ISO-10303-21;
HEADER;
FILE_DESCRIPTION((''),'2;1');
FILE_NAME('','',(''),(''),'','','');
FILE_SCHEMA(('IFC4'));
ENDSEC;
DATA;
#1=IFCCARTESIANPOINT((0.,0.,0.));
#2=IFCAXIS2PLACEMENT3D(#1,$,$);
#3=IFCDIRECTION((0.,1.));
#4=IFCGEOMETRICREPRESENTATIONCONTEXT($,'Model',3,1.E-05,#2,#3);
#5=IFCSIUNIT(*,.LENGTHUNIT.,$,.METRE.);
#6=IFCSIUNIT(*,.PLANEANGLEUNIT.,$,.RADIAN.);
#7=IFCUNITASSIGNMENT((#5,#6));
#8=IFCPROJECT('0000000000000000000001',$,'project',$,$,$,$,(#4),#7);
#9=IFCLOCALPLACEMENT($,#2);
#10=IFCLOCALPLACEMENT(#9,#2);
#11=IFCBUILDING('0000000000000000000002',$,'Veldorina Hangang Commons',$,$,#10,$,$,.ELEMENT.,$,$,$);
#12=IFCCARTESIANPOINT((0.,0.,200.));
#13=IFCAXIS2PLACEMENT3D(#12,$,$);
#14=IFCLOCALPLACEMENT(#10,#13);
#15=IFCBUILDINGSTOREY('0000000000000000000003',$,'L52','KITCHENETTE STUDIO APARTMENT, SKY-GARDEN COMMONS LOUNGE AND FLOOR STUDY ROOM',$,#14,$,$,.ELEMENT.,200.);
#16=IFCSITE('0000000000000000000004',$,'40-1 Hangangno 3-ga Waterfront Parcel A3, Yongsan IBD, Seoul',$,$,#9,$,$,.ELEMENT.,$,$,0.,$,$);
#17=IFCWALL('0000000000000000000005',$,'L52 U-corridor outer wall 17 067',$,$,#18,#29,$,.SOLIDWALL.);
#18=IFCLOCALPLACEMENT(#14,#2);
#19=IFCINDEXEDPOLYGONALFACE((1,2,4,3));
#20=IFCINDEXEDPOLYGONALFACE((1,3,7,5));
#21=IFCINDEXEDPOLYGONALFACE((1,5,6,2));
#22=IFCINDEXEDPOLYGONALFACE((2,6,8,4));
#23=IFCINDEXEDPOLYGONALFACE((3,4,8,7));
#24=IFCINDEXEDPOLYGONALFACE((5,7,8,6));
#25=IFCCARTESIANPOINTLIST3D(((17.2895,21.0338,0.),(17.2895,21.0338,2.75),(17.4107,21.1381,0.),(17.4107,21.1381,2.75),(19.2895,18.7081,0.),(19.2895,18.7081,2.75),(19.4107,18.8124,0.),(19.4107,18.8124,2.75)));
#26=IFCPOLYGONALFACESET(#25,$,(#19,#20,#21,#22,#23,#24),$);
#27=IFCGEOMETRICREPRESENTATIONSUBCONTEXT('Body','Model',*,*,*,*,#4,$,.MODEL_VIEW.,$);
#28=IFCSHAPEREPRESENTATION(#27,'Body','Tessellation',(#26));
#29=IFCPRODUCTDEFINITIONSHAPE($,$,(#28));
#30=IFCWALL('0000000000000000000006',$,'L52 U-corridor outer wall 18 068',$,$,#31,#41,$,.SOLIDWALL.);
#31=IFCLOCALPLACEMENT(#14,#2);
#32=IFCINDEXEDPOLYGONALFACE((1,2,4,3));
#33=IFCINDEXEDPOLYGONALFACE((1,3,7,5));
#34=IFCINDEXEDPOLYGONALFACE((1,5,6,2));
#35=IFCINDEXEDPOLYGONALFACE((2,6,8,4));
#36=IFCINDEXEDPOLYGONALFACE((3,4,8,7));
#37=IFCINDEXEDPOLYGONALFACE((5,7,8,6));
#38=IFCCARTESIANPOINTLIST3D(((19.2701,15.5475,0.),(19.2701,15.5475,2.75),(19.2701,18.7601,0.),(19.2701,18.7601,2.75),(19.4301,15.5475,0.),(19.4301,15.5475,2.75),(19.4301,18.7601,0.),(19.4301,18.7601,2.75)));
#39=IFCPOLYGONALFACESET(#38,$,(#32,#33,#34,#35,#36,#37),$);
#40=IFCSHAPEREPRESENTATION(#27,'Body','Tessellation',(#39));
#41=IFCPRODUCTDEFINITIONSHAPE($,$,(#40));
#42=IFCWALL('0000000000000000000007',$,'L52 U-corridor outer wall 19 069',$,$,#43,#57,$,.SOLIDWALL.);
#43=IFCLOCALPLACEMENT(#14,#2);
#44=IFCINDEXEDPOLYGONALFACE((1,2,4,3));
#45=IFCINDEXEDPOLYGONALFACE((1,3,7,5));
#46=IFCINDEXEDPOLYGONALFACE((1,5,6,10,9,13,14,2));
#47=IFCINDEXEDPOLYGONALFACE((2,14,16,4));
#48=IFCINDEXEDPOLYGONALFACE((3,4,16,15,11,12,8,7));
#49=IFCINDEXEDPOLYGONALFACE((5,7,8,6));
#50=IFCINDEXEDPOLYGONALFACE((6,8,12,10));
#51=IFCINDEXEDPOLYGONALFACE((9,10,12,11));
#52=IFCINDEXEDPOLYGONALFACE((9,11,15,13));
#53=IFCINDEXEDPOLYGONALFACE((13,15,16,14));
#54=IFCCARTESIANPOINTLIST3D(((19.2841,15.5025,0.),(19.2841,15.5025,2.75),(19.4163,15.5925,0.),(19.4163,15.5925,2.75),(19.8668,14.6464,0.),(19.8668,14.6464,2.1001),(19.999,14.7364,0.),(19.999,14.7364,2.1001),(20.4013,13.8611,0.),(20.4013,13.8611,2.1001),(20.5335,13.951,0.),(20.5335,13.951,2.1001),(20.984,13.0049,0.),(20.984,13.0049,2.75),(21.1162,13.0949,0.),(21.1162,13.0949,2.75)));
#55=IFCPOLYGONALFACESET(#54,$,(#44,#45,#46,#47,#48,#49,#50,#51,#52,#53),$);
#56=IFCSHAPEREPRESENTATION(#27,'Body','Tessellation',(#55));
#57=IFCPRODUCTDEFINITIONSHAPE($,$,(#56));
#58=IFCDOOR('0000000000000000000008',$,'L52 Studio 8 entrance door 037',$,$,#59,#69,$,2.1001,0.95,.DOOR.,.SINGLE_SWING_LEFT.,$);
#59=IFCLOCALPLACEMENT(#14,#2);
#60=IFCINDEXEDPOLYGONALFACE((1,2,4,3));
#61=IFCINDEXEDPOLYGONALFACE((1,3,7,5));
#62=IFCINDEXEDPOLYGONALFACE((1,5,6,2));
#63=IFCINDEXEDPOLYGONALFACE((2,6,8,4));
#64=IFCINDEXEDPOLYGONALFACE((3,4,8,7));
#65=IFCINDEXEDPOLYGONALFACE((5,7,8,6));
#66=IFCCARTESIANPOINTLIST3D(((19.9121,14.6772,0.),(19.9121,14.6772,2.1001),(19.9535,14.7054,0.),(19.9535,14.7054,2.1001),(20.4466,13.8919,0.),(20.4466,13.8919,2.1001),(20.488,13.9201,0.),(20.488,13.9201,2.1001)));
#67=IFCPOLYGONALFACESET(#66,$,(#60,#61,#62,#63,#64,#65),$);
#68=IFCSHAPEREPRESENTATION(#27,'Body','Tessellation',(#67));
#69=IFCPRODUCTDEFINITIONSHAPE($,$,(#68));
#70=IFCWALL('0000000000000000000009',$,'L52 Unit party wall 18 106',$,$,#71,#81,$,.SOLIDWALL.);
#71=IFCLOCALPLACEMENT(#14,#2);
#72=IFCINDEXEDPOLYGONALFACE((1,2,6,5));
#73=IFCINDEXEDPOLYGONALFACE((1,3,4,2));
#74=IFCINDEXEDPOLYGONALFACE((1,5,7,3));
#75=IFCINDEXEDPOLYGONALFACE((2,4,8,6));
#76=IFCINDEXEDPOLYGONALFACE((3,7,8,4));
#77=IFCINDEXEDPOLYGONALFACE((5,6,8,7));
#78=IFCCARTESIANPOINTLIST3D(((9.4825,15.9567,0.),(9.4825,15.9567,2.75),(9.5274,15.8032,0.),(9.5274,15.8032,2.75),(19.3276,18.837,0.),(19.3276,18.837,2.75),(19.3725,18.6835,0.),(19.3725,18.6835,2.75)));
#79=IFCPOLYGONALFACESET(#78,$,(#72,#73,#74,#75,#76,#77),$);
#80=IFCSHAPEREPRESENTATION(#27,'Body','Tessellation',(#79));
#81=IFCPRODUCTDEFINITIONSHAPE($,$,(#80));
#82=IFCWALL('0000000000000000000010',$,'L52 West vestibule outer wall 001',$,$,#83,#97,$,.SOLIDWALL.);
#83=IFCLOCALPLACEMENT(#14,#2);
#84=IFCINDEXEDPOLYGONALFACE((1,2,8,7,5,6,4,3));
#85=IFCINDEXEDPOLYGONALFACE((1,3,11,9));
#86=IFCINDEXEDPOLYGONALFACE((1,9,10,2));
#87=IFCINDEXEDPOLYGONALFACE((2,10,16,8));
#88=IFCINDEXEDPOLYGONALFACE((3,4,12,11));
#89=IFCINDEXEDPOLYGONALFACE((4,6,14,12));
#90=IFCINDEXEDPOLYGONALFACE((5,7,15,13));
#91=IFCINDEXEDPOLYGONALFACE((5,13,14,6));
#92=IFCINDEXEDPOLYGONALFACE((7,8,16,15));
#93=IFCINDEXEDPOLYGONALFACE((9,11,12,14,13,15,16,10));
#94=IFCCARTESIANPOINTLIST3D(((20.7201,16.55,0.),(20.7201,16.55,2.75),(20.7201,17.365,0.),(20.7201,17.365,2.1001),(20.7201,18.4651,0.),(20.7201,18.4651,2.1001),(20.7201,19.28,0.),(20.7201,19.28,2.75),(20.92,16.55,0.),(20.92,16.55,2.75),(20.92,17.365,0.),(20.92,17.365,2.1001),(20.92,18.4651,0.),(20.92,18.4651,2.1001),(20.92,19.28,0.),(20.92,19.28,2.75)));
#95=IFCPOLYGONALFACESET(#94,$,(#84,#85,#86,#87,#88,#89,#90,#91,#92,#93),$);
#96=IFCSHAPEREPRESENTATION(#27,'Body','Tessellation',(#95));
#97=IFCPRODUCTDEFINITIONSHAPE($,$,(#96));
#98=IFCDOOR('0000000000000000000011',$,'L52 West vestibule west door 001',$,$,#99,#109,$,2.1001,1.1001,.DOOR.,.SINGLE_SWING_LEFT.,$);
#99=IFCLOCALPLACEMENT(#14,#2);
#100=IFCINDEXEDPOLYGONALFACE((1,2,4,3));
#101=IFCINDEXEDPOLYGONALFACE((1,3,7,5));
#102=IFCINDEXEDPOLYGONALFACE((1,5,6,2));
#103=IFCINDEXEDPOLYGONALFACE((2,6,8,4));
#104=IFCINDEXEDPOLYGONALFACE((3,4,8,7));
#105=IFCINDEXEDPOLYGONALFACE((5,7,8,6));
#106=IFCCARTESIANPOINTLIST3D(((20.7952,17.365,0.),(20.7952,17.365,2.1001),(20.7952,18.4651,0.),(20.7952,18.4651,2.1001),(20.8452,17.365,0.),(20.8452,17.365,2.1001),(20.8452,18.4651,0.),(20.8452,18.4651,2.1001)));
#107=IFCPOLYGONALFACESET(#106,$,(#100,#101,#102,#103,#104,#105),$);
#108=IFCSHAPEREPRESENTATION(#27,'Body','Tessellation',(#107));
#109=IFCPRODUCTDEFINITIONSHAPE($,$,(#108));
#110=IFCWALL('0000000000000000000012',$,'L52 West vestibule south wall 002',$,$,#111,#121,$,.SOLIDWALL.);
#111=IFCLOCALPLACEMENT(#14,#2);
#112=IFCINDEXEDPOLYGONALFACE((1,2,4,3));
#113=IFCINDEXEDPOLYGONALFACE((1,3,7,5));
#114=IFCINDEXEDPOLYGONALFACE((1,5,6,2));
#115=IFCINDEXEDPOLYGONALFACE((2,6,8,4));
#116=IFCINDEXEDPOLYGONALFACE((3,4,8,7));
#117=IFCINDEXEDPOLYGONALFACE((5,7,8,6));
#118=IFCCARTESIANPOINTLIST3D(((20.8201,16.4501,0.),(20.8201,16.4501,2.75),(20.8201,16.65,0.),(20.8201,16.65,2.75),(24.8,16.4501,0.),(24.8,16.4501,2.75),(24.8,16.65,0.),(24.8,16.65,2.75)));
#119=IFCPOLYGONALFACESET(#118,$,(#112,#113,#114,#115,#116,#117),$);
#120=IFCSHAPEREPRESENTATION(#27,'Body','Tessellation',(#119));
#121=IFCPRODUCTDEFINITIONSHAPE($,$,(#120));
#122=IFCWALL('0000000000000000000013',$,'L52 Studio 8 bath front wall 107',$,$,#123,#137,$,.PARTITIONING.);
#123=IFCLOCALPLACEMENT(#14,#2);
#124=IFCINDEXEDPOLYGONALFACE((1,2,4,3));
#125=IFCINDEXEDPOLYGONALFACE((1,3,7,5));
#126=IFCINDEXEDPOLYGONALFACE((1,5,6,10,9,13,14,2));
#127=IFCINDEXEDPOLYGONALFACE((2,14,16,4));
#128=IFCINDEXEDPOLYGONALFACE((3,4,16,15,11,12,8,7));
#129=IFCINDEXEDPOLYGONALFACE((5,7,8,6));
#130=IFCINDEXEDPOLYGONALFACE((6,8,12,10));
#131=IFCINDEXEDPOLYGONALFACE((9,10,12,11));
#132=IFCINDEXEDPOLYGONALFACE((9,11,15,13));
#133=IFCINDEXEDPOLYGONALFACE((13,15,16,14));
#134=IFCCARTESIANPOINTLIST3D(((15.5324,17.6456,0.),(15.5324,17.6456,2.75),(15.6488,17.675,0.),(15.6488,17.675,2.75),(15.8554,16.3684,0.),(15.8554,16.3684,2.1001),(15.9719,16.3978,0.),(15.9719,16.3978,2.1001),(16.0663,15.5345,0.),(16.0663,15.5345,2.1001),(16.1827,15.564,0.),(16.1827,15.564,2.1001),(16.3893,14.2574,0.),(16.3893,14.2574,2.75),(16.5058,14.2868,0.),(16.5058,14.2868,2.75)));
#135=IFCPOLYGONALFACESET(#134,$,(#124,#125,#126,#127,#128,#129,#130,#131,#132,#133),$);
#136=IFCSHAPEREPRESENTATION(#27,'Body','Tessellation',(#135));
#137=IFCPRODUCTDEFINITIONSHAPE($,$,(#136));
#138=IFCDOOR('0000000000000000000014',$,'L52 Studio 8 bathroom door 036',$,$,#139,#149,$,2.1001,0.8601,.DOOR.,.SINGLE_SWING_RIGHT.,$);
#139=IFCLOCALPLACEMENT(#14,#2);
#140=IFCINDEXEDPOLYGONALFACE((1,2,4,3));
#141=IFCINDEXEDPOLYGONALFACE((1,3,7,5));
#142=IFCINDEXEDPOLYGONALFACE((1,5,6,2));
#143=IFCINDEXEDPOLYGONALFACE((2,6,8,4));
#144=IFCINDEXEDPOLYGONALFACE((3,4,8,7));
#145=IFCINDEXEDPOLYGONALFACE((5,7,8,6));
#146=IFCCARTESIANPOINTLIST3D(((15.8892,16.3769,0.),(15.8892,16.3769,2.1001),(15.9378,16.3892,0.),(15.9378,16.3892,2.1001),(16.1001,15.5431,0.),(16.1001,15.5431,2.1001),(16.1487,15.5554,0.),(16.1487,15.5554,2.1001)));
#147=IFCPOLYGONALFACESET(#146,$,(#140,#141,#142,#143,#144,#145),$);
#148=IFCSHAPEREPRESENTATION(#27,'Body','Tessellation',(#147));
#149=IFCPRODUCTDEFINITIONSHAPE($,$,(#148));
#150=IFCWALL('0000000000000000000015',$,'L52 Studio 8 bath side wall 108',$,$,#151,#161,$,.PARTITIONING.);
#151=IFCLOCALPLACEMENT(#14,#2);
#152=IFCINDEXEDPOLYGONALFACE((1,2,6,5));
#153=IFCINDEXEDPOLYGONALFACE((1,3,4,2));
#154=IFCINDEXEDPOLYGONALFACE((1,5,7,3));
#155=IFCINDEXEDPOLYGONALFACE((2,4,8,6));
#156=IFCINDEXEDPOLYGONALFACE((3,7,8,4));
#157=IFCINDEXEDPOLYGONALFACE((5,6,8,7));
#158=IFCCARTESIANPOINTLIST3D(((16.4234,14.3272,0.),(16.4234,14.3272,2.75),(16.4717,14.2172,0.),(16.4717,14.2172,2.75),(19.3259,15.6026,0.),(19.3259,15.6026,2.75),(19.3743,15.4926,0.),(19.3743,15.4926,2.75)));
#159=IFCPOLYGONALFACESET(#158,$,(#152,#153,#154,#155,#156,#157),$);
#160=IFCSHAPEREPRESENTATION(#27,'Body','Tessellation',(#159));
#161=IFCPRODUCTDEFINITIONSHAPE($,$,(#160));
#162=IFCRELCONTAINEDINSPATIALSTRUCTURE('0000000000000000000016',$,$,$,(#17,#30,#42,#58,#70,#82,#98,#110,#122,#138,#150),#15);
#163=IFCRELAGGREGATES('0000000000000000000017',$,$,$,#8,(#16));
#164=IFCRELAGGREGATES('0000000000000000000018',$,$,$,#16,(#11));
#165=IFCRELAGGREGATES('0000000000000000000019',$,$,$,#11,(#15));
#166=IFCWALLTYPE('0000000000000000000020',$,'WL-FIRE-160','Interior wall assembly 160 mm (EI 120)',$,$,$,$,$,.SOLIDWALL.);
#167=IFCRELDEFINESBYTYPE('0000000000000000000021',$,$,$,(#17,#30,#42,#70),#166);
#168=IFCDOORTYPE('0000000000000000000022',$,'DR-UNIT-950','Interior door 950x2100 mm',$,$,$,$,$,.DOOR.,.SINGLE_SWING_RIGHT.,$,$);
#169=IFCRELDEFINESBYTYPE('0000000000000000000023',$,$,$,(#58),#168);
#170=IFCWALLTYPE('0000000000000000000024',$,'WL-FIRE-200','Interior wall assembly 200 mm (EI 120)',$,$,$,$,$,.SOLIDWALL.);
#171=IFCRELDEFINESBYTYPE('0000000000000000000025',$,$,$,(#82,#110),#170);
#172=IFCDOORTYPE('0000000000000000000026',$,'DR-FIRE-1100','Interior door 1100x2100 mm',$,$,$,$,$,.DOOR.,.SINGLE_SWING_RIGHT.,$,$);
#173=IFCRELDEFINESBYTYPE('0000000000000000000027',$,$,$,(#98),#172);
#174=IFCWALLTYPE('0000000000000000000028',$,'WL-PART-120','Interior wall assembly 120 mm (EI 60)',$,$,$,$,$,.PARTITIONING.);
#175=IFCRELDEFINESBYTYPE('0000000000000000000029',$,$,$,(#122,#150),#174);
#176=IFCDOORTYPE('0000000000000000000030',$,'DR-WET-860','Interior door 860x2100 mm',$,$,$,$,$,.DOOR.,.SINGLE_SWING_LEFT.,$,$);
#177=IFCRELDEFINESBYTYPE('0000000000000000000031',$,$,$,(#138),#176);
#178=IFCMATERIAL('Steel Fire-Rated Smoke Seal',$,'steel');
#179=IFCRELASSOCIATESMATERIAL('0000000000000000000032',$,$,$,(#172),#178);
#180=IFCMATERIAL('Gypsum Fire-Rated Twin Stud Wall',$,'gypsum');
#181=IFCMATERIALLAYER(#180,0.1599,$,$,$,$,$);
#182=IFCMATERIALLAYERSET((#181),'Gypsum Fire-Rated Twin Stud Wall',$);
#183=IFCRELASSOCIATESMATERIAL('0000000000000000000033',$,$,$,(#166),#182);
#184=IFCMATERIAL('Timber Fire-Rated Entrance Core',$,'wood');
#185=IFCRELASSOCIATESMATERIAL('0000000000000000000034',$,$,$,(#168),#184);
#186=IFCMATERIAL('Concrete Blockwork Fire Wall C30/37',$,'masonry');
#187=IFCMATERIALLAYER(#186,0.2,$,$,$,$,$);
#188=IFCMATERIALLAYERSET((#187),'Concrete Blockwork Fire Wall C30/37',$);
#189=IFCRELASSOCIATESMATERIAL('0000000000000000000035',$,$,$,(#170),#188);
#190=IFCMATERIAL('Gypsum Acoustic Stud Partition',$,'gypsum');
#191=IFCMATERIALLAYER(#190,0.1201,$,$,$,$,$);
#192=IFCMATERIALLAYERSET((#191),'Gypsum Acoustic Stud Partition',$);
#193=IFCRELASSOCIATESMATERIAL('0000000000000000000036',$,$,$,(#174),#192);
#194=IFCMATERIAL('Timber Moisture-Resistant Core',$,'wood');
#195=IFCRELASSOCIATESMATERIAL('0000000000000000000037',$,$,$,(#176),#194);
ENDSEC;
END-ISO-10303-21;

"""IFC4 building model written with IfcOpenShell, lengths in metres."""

from ifc_helpers import new_model, si_unit, direction, frame, frame_2d, origin, place, context, subcontext, project, spatial, rectangle, extrude, material, layer, layer_set, type_object, element, fill, save


model = new_model("IFC4")

# Units and contexts
model_context = context("Model", 3, precision=1e-05, world=origin(), true_north=direction((0.0, 1.0)))
body_context = subcontext(model_context, "Body", "Model", "MODEL_VIEW")
ifc_project = project(units=[si_unit("LENGTHUNIT", "METRE"), si_unit("PLANEANGLEUNIT", "RADIAN")], contexts=[model_context])

# Site, building, storey
site_placement = place(None, origin())
site = spatial("IfcSite", under=ifc_project, at=site_placement, Name="40-1 Hangangno 3-ga Waterfront Parcel A3, Yongsan IBD, Seoul", CompositionType="ELEMENT", RefElevation=0.0)
building_placement = place(site_placement, origin())
building = spatial("IfcBuilding", under=site, at=building_placement, Name="Veldorina Hangang Commons", CompositionType="ELEMENT")
storey_placement = place(building_placement, frame((0.0, 0.0, 200.0)))
storey = spatial("IfcBuildingStorey", under=building, at=storey_placement, Name="L52", Description="KITCHENETTE STUDIO APARTMENT, SKY-GARDEN COMMONS LOUNGE AND FLOOR STUDY ROOM", CompositionType="ELEMENT", Elevation=200.0)

# Shared definitions
ifc_material_1 = material(Name="Steel Fire-Rated Smoke Seal", Category="steel")
door_type_1 = type_object("IfcDoorType", Name="DR-FIRE-1100", Description="Interior door 1100x2100 mm", OperationType="SINGLE_SWING_RIGHT", PredefinedType="DOOR", material=ifc_material_1)

# Walls
ifc_material_2 = material(Name="Gypsum Fire-Rated Twin Stud Wall", Category="gypsum")
ifc_layer_1 = layer(ifc_material_2, 0.1599)
ifc_layer_set_1 = layer_set([ifc_layer_1], Name="Gypsum Fire-Rated Twin Stud Wall")
wall_type_1 = type_object("IfcWallType", Name="WL-FIRE-160", Description="Interior wall assembly 160 mm (EI 120)", PredefinedType="SOLIDWALL", material=ifc_layer_set_1)
wall_1_placement = place(storey_placement, frame((17.3501, 21.0859, 0.0), z_axis=(0.0, 0.0, 1.0), x_axis=(0.652023, -0.758199, 0.0)))
element("IfcWall", 1, at=wall_1_placement, inside=storey, type_object=wall_type_1, Name="L52 U-corridor outer wall 17 067", PredefinedType="SOLIDWALL", context=body_context, shape_type="SweptSolid", body=[
    extrude(rectangle(XDim=3.0674, YDim=0.1599, at=frame_2d((1.5337, 0.0))), origin(), (0.0, 0.0, 1.0), 2.75),
])
wall_2_placement = place(storey_placement, frame((19.3501, 18.7603, 0.0), z_axis=(0.0, 0.0, 1.0), x_axis=(0.0, -1.0, 0.0)))
element("IfcWall", 2, at=wall_2_placement, inside=storey, type_object=wall_type_1, Name="L52 U-corridor outer wall 18 068", PredefinedType="SOLIDWALL", context=body_context, shape_type="SweptSolid", body=[
    extrude(rectangle(XDim=3.2126, YDim=0.1599, at=frame_2d((1.6064, 0.0))), origin(), (0.0, 0.0, 1.0), 2.75),
])

# Wall, opening, door
wall_3_placement = place(storey_placement, frame((19.3501, 15.5476, 0.0), z_axis=(0.0, 0.0, 1.0), x_axis=(0.562675, -0.826678, 0.0)))
wall_3 = element("IfcWall", 3, at=wall_3_placement, inside=storey, type_object=wall_type_1, Name="L52 U-corridor outer wall 19 069", PredefinedType="SOLIDWALL", context=body_context, shape_type="SweptSolid", body=[
    extrude(rectangle(XDim=3.0212, YDim=0.1599, at=frame_2d((1.5107, 0.0))), origin(), (0.0, 0.0, 1.0), 2.75),
])
opening_1_placement = place(wall_3_placement, frame((1.0356, 0.0, 0.0)))
opening_1 = element("IfcOpeningElement", 4, at=opening_1_placement, cuts=wall_3, PredefinedType="OPENING", context=body_context, shape_type="SweptSolid", body=[
    extrude(rectangle(XDim=0.95, YDim=2.1001, at=frame_2d((0.4751, 1.05))), frame((0.0, 0.0898, 0.0), z_axis=(0.0, -1.0, 0.0), x_axis=(1.0, 0.0, 0.0)), (0.0, 0.0, 1.0), 0.1799),
])
ifc_material_3 = material(Name="Timber Fire-Rated Entrance Core", Category="wood")
door_type_2 = type_object("IfcDoorType", Name="DR-UNIT-950", Description="Interior door 950x2100 mm", OperationType="SINGLE_SWING_RIGHT", PredefinedType="DOOR", material=ifc_material_3)
door_1_placement = place(opening_1_placement, origin())
door_1 = element("IfcDoor", 5, at=door_1_placement, inside=storey, type_object=door_type_2, Name="L52 Studio 8 entrance door 037", OperationType="SINGLE_SWING_LEFT", OverallHeight=2.1001, OverallWidth=0.95, PredefinedType="DOOR", context=body_context, shape_type="SweptSolid", body=[
    extrude(rectangle(XDim=0.95, YDim=2.1001, at=frame_2d((0.4751, 1.05))), frame((0.0, 0.0249, 0.0), z_axis=(0.0, -1.0, 0.0), x_axis=(1.0, 0.0, 0.0)), (0.0, 0.0, 1.0), 0.05),
])
fill(opening_1, door_1)

# Wall
wall_4_placement = place(storey_placement, frame((19.3501, 18.7603, 0.0), z_axis=(0.0, 0.0, 1.0), x_axis=(-0.959768, -0.280795, 0.0)))
element("IfcWall", 6, at=wall_4_placement, inside=storey, type_object=wall_type_1, Name="L52 Unit party wall 18 106", PredefinedType="SOLIDWALL", context=body_context, shape_type="SweptSolid", body=[
    extrude(rectangle(XDim=10.2578, YDim=0.1599, at=frame_2d((5.1289, 0.0))), origin(), (0.0, 0.0, 1.0), 2.75),
])

# Wall, opening, door
ifc_material_4 = material(Name="Concrete Blockwork Fire Wall C30/37", Category="masonry")
ifc_layer_2 = layer(ifc_material_4, 0.2)
ifc_layer_set_2 = layer_set([ifc_layer_2], Name="Concrete Blockwork Fire Wall C30/37")
wall_type_2 = type_object("IfcWallType", Name="WL-FIRE-200", Description="Interior wall assembly 200 mm (EI 120)", PredefinedType="SOLIDWALL", material=ifc_layer_set_2)
wall_5_placement = place(storey_placement, frame((20.8201, 16.55, 0.0), z_axis=(0.0, 0.0, 1.0), x_axis=(0.0, 1.0, 0.0)))
wall_5 = element("IfcWall", 7, at=wall_5_placement, inside=storey, type_object=wall_type_2, Name="L52 West vestibule outer wall 001", PredefinedType="SOLIDWALL", context=body_context, shape_type="SweptSolid", body=[
    extrude(rectangle(XDim=2.73, YDim=0.2, at=frame_2d((1.365, 0.0))), origin(), (0.0, 0.0, 1.0), 2.75),
])
opening_2_placement = place(wall_5_placement, frame((0.8149, 0.0, 0.0)))
opening_2 = element("IfcOpeningElement", 8, at=opening_2_placement, cuts=wall_5, PredefinedType="OPENING", context=body_context, shape_type="SweptSolid", body=[
    extrude(rectangle(XDim=1.1001, YDim=2.1001, at=frame_2d((0.55, 1.05))), frame((0.0, 0.1099, 0.0), z_axis=(0.0, -1.0, 0.0), x_axis=(1.0, 0.0, 0.0)), (0.0, 0.0, 1.0), 0.22),
])
door_2_placement = place(opening_2_placement, origin())
door_2 = element("IfcDoor", 9, at=door_2_placement, inside=storey, type_object=door_type_1, Name="L52 West vestibule west door 001", OperationType="SINGLE_SWING_LEFT", OverallHeight=2.1001, OverallWidth=1.1001, PredefinedType="DOOR", context=body_context, shape_type="SweptSolid", body=[
    extrude(rectangle(XDim=1.1001, YDim=2.1001, at=frame_2d((0.55, 1.05))), frame((0.0, 0.0249, 0.0), z_axis=(0.0, -1.0, 0.0), x_axis=(1.0, 0.0, 0.0)), (0.0, 0.0, 1.0), 0.05),
])
fill(opening_2, door_2)

# Wall
wall_6_placement = place(storey_placement, frame((20.8201, 16.55, 0.0), z_axis=(0.0, 0.0, 1.0), x_axis=(1.0, 0.0, 0.0)))
element("IfcWall", 10, at=wall_6_placement, inside=storey, type_object=wall_type_2, Name="L52 West vestibule south wall 002", PredefinedType="SOLIDWALL", context=body_context, shape_type="SweptSolid", body=[
    extrude(rectangle(XDim=3.98, YDim=0.2, at=frame_2d((1.99, 0.0))), origin(), (0.0, 0.0, 1.0), 2.75),
])

# Wall, opening, door
ifc_material_5 = material(Name="Gypsum Acoustic Stud Partition", Category="gypsum")
ifc_layer_3 = layer(ifc_material_5, 0.1201)
ifc_layer_set_3 = layer_set([ifc_layer_3], Name="Gypsum Acoustic Stud Partition")
wall_type_3 = type_object("IfcWallType", Name="WL-PART-120", Description="Interior wall assembly 120 mm (EI 60)", PredefinedType="PARTITIONING", material=ifc_layer_set_3)
wall_7_placement = place(storey_placement, frame((15.5906, 17.6604, 0.0), z_axis=(0.0, 0.0, 1.0), x_axis=(0.245197, -0.969473, 0.0)))
wall_7 = element("IfcWall", 11, at=wall_7_placement, inside=storey, type_object=wall_type_3, Name="L52 Studio 8 bath front wall 107", PredefinedType="PARTITIONING", context=body_context, shape_type="SweptSolid", body=[
    extrude(rectangle(XDim=3.4949, YDim=0.1201, at=frame_2d((1.7476, 0.0))), origin(), (0.0, 0.0, 1.0), 2.75),
])
opening_3_placement = place(wall_7_placement, frame((1.3174, 0.0, 0.0)))
opening_3 = element("IfcOpeningElement", 12, at=opening_3_placement, cuts=wall_7, PredefinedType="OPENING", context=body_context, shape_type="SweptSolid", body=[
    extrude(rectangle(XDim=0.8601, YDim=2.1001, at=frame_2d((0.4302, 1.05))), frame((0.0, 0.0701, 0.0), z_axis=(0.0, -1.0, 0.0), x_axis=(1.0, 0.0, 0.0)), (0.0, 0.0, 1.0), 0.1401),
])
ifc_material_6 = material(Name="Timber Moisture-Resistant Core", Category="wood")
door_type_3 = type_object("IfcDoorType", Name="DR-WET-860", Description="Interior door 860x2100 mm", OperationType="SINGLE_SWING_LEFT", PredefinedType="DOOR", material=ifc_material_6)
door_3_placement = place(opening_3_placement, origin())
door_3 = element("IfcDoor", 13, at=door_3_placement, inside=storey, type_object=door_type_3, Name="L52 Studio 8 bathroom door 036", OperationType="SINGLE_SWING_RIGHT", OverallHeight=2.1001, OverallWidth=0.8601, PredefinedType="DOOR", context=body_context, shape_type="SweptSolid", body=[
    extrude(rectangle(XDim=0.8601, YDim=2.1001, at=frame_2d((0.4302, 1.05))), frame((0.0, 0.0249, 0.0), z_axis=(0.0, -1.0, 0.0), x_axis=(1.0, 0.0, 0.0)), (0.0, 0.0, 1.0), 0.05),
])
fill(opening_3, door_3)

# Wall
wall_8_placement = place(storey_placement, frame((19.3501, 15.5476, 0.0), z_axis=(0.0, 0.0, 1.0), x_axis=(-0.915518, -0.402277, 0.0)))
element("IfcWall", 14, at=wall_8_placement, inside=storey, type_object=wall_type_3, Name="L52 Studio 8 bath side wall 108", PredefinedType="PARTITIONING", context=body_context, shape_type="SweptSolid", body=[
    extrude(rectangle(XDim=3.1704, YDim=0.1201, at=frame_2d((1.5852, 0.0))), origin(), (0.0, 0.0, 1.0), 2.75),
])

save(model, "model.ifc")
